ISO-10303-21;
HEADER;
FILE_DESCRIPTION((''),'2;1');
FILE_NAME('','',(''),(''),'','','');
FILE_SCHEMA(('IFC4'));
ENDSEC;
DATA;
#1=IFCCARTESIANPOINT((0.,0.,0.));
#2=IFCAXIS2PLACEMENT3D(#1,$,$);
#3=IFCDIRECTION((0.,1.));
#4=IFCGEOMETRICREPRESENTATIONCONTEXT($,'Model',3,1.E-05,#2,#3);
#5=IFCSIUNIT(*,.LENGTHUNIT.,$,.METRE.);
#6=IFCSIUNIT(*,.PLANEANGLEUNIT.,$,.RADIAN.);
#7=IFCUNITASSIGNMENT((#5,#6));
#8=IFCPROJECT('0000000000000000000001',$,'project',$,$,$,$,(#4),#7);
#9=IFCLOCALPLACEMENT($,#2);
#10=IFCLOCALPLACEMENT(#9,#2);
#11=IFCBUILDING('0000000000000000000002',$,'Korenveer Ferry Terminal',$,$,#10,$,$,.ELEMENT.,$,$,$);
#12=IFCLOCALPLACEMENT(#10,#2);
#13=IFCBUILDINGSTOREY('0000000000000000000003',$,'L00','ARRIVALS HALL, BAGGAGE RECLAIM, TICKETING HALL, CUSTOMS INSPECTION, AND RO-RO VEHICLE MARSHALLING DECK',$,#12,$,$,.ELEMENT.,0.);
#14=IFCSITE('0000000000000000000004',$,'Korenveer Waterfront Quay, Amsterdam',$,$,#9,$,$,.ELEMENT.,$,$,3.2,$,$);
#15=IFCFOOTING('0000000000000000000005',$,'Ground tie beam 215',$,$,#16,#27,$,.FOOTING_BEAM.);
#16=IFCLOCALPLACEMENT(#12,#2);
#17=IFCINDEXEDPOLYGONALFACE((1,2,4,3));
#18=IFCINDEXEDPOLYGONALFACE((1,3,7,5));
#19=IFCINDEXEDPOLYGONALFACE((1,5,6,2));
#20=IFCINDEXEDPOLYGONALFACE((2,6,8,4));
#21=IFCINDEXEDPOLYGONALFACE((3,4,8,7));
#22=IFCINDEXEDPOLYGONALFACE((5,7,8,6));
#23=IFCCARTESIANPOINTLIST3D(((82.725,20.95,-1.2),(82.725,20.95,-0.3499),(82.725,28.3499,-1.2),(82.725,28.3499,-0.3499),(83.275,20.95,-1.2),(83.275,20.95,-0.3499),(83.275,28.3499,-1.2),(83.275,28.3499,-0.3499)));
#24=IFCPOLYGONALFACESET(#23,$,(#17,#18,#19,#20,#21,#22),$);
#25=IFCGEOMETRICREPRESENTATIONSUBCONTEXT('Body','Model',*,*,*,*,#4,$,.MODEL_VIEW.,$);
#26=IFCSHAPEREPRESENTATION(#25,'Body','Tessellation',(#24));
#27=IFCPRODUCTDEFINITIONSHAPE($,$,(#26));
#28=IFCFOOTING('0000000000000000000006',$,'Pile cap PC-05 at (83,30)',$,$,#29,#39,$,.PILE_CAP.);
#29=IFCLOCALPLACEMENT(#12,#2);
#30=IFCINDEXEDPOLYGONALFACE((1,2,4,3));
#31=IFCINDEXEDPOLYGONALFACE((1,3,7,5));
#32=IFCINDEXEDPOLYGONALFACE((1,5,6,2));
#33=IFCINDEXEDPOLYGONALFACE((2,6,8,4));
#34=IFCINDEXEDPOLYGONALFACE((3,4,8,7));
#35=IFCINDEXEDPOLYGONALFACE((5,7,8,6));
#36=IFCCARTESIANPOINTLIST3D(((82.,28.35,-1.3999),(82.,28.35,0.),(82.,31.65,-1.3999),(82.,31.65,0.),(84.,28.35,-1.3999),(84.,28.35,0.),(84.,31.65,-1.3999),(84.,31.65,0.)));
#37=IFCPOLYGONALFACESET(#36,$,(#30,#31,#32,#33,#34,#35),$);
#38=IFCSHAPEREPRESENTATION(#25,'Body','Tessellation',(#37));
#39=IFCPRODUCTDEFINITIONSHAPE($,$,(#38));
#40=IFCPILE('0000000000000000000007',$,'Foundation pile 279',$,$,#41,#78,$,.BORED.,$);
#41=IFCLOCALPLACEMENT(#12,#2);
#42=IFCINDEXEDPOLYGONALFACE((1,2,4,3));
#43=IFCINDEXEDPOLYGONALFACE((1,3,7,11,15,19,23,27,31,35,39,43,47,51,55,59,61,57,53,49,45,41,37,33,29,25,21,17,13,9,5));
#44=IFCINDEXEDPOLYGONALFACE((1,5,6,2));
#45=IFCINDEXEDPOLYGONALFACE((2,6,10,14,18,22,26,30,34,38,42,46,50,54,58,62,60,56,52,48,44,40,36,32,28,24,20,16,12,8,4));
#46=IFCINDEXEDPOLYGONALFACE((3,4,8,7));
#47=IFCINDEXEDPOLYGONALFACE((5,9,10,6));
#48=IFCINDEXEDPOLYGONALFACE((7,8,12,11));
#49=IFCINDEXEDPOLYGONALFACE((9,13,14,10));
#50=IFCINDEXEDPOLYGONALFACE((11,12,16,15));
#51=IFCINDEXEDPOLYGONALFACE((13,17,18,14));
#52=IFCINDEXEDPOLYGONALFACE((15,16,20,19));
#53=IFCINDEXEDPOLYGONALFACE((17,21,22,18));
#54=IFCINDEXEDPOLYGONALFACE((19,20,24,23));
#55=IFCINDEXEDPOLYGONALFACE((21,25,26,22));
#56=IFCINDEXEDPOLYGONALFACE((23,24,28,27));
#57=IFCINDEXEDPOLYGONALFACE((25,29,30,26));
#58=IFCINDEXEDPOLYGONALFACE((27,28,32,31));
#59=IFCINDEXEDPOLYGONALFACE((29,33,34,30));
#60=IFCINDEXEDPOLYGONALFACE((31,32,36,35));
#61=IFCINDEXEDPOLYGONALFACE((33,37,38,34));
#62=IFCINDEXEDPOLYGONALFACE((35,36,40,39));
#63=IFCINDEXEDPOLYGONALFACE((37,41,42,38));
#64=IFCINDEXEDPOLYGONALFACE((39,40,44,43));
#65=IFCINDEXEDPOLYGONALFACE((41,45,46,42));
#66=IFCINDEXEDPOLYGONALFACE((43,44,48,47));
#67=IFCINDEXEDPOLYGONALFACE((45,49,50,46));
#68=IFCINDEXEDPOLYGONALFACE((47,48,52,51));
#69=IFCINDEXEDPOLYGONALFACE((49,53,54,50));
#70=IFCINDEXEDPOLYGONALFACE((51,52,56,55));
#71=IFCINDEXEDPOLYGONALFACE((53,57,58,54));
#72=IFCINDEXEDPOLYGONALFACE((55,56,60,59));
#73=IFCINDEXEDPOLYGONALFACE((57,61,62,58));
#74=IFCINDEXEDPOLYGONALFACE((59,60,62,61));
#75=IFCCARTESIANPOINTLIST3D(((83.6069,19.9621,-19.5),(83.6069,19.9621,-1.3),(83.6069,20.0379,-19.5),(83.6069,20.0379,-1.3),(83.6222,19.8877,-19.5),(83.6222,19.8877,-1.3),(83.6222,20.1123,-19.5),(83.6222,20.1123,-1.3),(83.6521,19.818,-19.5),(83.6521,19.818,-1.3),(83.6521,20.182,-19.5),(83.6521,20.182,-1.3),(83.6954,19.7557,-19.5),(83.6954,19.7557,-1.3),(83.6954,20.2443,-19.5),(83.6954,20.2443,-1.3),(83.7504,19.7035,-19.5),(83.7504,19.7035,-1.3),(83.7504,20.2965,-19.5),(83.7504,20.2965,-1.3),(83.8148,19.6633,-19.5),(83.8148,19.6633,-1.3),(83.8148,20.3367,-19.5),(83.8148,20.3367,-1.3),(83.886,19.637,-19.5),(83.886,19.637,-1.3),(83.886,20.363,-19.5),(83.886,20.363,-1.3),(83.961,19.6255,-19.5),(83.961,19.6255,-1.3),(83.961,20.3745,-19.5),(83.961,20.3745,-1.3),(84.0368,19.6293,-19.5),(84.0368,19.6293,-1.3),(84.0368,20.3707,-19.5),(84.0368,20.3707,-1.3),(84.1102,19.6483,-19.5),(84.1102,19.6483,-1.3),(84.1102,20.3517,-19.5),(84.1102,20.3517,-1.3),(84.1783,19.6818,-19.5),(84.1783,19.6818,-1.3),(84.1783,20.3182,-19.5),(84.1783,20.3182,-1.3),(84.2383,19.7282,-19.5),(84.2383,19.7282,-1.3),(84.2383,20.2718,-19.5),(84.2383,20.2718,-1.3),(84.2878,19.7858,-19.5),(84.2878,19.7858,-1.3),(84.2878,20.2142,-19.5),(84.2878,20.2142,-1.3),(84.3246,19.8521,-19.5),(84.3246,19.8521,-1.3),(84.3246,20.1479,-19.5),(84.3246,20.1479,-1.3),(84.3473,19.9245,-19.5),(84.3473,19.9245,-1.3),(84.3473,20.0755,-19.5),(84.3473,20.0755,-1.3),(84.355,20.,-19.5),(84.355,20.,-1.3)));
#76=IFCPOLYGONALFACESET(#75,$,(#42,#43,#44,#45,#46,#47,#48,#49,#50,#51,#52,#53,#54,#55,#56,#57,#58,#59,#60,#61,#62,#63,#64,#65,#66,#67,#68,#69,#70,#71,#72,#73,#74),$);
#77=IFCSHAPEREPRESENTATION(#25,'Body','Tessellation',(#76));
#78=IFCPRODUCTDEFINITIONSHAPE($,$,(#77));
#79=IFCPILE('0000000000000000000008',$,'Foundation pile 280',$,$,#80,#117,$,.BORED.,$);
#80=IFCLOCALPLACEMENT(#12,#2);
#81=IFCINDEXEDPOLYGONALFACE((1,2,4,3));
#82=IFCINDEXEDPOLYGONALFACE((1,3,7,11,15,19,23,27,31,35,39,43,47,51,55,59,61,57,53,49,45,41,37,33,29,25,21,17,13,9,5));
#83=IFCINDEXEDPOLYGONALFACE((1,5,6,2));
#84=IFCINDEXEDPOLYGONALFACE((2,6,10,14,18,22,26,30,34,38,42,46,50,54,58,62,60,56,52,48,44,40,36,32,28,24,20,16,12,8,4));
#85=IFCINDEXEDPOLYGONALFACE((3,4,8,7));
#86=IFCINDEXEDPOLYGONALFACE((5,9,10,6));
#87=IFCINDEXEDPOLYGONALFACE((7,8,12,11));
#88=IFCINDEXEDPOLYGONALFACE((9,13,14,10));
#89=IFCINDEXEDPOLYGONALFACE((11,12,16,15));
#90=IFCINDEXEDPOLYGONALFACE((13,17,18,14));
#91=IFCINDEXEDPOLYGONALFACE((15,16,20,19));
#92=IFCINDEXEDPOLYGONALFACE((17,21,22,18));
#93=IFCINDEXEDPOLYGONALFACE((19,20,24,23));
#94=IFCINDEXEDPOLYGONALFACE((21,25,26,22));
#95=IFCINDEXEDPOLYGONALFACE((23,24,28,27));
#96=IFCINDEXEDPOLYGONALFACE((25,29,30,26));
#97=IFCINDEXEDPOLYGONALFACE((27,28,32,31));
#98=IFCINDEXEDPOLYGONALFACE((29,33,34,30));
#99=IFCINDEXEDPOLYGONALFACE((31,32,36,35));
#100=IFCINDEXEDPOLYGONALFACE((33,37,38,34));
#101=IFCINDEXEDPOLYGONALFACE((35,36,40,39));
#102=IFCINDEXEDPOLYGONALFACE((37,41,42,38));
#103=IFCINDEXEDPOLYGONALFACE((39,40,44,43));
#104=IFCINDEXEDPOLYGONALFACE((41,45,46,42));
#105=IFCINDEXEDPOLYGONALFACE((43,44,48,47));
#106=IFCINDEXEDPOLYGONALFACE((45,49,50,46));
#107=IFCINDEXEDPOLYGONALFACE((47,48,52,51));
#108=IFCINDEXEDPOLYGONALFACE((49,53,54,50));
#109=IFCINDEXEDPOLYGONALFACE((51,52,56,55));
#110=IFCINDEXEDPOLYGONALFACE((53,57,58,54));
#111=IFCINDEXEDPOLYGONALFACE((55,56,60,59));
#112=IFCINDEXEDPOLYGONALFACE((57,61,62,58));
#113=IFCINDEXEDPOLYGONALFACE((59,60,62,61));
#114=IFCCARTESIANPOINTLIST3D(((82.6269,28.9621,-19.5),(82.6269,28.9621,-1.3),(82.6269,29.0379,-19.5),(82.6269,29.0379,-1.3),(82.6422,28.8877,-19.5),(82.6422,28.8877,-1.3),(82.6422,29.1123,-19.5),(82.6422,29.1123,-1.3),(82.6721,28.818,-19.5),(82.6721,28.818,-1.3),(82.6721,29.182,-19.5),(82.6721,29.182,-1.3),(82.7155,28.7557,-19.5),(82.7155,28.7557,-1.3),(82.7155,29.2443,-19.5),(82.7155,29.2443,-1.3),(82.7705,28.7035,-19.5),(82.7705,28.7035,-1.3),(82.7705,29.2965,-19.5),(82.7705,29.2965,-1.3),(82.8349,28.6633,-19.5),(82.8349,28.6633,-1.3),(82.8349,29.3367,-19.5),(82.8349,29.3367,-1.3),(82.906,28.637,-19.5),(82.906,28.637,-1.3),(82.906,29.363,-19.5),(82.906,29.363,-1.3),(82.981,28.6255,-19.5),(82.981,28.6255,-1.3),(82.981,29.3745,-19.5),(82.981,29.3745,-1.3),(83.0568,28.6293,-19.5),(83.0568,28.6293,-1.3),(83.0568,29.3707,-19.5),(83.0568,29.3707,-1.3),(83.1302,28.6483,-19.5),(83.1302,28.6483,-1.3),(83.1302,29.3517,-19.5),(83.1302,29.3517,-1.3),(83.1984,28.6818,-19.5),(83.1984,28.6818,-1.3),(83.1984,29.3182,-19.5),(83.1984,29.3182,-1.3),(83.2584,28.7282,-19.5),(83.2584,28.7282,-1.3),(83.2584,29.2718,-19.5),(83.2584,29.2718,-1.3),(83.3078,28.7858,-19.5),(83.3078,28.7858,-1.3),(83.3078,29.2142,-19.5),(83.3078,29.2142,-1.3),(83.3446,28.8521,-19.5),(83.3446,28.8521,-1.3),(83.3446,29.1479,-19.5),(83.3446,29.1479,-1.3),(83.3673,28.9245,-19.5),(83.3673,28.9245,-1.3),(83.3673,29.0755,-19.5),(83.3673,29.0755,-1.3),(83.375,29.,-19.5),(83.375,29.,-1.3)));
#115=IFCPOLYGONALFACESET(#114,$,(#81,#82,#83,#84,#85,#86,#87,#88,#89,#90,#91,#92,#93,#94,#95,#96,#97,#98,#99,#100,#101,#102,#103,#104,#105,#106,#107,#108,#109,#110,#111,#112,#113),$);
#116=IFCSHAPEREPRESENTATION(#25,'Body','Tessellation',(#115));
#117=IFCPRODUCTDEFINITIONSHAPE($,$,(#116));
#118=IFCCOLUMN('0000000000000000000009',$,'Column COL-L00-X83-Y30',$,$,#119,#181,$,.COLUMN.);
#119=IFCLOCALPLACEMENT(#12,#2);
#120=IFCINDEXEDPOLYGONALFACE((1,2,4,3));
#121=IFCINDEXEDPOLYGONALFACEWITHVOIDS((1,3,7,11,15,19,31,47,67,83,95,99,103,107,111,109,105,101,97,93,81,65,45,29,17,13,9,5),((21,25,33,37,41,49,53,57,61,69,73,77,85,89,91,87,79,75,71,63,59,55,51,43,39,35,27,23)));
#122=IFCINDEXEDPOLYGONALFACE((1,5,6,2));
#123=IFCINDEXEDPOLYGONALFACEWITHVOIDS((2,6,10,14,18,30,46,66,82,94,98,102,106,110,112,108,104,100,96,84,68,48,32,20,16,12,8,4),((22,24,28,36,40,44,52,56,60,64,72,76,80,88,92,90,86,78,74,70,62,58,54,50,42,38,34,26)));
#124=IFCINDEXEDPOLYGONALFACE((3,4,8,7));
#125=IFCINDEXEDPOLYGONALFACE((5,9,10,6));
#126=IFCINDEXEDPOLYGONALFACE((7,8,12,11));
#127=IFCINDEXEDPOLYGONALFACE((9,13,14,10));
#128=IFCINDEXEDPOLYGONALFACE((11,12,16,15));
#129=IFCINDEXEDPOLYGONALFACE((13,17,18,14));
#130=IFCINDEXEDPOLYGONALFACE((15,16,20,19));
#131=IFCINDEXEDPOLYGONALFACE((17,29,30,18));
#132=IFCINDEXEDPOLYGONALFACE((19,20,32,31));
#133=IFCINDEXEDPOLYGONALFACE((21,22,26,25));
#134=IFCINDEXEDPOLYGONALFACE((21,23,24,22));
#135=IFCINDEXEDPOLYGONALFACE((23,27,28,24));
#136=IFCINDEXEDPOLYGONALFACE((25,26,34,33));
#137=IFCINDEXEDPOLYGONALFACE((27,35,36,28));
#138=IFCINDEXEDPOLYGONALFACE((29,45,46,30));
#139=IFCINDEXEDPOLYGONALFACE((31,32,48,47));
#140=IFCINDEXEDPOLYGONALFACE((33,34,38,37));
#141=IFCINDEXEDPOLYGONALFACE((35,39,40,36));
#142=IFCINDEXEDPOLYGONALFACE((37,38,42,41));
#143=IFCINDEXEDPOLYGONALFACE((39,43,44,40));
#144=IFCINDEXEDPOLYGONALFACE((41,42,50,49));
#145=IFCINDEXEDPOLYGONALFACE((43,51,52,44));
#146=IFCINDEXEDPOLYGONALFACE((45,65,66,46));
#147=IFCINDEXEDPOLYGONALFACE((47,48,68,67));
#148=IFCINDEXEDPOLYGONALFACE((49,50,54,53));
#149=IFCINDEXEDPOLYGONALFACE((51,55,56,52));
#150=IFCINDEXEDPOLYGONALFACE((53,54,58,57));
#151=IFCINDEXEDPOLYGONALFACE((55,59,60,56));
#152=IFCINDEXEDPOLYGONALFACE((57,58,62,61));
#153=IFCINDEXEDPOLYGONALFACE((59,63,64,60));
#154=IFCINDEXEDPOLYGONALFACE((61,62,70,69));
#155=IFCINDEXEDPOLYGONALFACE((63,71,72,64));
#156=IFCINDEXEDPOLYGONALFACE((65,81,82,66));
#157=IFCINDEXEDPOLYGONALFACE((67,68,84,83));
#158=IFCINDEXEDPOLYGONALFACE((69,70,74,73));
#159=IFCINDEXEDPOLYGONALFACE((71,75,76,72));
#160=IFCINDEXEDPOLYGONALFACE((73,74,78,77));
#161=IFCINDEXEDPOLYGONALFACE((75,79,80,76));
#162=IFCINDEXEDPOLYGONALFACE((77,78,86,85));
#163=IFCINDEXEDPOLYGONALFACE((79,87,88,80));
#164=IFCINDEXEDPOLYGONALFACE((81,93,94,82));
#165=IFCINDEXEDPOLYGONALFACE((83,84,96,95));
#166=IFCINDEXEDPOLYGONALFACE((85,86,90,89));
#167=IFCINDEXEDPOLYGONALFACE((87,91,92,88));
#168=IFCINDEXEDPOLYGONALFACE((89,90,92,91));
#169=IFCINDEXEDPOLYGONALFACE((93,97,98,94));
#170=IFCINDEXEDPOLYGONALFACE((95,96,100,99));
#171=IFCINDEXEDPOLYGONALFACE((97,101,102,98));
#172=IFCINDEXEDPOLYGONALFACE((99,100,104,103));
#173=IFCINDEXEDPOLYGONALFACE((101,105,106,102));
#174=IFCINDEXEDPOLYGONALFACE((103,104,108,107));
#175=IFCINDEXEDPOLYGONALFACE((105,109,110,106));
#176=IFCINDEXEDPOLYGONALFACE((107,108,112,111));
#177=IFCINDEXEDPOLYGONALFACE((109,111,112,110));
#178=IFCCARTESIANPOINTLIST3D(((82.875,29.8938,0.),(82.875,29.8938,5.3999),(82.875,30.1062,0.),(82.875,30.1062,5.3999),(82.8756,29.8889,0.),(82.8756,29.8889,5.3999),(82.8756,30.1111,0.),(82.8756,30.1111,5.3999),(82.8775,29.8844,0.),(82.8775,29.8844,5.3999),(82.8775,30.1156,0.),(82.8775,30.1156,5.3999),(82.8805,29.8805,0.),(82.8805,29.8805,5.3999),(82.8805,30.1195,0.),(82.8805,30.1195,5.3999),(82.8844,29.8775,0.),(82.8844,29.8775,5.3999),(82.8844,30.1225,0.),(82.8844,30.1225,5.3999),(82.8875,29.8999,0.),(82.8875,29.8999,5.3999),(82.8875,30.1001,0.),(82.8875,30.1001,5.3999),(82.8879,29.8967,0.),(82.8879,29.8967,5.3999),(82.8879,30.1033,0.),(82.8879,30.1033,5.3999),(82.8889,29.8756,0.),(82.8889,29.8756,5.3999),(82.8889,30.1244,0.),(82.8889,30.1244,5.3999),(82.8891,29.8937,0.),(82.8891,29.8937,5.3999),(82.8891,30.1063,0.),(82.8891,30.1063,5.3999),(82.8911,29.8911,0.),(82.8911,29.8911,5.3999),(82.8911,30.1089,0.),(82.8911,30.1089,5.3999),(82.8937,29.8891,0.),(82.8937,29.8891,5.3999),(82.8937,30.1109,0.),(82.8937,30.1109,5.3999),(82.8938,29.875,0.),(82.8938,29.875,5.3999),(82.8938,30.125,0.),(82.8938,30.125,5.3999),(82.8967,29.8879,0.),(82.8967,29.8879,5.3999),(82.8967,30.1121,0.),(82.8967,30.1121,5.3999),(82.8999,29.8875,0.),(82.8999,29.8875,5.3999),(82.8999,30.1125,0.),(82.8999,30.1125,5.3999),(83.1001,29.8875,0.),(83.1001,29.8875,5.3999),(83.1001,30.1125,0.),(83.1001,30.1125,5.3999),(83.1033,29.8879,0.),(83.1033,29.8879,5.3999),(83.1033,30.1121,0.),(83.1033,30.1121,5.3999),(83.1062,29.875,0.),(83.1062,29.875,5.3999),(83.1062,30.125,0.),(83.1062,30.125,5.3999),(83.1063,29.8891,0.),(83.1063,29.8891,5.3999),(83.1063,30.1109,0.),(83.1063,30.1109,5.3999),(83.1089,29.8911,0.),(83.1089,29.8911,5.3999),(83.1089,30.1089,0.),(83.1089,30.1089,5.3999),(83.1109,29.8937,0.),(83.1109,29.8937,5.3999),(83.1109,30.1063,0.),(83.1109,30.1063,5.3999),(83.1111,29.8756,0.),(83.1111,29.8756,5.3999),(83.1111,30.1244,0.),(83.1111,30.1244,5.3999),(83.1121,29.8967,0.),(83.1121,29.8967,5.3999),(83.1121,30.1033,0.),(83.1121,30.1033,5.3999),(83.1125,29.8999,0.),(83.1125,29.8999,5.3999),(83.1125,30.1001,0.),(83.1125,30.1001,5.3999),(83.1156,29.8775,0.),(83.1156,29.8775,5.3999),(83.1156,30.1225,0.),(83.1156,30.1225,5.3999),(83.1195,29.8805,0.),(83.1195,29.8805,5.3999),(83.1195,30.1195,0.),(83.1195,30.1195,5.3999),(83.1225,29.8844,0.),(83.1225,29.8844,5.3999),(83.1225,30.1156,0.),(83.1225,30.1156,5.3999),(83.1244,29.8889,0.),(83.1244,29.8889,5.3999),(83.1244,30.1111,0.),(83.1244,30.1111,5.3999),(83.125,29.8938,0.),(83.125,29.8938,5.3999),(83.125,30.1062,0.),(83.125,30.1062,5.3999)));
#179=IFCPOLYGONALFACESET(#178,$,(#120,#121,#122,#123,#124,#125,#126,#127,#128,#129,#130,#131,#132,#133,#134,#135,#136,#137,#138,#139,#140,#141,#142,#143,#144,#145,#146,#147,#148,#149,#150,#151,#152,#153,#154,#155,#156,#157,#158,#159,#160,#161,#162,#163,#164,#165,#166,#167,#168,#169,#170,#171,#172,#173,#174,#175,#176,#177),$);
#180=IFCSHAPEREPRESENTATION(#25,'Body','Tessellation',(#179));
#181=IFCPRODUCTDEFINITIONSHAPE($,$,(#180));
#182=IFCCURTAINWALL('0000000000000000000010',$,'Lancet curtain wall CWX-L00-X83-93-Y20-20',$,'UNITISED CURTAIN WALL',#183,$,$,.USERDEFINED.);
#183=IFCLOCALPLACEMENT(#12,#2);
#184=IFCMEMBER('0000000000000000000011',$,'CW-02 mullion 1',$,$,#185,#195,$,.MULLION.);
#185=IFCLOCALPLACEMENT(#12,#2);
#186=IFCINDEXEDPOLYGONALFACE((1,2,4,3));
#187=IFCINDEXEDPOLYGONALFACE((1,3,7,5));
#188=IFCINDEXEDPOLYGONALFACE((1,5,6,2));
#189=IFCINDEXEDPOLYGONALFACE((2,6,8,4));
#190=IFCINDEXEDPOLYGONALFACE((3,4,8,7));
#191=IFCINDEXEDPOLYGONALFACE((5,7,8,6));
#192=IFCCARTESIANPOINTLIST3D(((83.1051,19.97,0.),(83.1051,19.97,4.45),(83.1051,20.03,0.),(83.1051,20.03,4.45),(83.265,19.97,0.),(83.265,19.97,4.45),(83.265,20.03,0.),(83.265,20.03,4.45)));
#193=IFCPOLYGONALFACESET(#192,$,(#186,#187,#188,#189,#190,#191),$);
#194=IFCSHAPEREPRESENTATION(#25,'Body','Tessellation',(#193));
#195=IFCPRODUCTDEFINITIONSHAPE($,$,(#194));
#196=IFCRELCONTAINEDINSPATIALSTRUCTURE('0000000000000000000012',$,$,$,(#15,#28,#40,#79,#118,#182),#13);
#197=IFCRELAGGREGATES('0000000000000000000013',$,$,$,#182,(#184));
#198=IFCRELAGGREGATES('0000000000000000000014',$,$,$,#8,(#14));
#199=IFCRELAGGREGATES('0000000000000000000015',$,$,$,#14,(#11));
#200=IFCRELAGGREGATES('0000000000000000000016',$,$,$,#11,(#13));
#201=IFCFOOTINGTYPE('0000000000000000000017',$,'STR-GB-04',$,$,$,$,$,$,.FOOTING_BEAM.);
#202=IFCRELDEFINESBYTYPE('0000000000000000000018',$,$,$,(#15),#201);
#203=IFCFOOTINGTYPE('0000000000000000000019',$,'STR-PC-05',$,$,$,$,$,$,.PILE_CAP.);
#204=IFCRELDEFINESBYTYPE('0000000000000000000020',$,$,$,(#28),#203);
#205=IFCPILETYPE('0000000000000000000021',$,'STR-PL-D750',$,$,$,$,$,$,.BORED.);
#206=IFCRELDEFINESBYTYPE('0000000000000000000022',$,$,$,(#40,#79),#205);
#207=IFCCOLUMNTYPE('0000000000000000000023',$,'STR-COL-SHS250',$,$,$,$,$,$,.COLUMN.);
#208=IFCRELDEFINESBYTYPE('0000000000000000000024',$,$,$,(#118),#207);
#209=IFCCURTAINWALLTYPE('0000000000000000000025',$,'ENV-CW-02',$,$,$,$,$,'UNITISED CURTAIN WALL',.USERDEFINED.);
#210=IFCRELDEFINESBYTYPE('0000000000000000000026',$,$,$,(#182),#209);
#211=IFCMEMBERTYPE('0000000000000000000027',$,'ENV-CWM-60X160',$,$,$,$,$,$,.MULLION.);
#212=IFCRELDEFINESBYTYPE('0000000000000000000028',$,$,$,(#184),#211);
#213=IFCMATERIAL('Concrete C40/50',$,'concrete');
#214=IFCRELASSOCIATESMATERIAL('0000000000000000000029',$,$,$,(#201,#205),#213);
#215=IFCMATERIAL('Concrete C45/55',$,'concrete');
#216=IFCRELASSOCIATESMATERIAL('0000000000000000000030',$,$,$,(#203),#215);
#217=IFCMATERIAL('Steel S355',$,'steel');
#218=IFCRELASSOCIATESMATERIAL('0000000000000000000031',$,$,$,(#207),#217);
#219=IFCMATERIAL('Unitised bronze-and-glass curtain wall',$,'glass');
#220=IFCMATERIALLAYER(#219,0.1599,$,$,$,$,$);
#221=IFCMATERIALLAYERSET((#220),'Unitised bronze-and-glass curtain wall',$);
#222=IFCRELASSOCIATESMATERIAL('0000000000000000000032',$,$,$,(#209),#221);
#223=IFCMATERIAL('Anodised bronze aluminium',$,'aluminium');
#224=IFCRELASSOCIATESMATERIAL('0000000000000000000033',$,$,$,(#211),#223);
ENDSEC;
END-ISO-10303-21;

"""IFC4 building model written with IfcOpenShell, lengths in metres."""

from ifc_helpers import new_model, si_unit, direction, frame, origin, origin_2d, place, context, subcontext, project, spatial, rectangle, hollow_rectangle, circle, extrude, material, layer, layer_set, material_profile, profile_set, type_object, element, aggregate, save


model = new_model("IFC4")

# Units and contexts
model_context = context("Model", 3, precision=1e-05, world=origin(), true_north=direction((0.0, 1.0)))
body_context = subcontext(model_context, "Body", "Model", "MODEL_VIEW")
ifc_project = project(units=[si_unit("LENGTHUNIT", "METRE"), si_unit("PLANEANGLEUNIT", "RADIAN")], contexts=[model_context])

# Site, building, storey
site_placement = place(None, origin())
site = spatial("IfcSite", under=ifc_project, at=site_placement, Name="Korenveer Waterfront Quay, Amsterdam", CompositionType="ELEMENT", RefElevation=3.2)
building_placement = place(site_placement, origin())
building = spatial("IfcBuilding", under=site, at=building_placement, Name="Korenveer Ferry Terminal", CompositionType="ELEMENT")
storey_placement = place(building_placement, origin())
storey = spatial("IfcBuildingStorey", under=building, at=storey_placement, Name="L00", Description="ARRIVALS HALL, BAGGAGE RECLAIM, TICKETING HALL, CUSTOMS INSPECTION, AND RO-RO VEHICLE MARSHALLING DECK", CompositionType="ELEMENT", Elevation=0.0)

# Footings
ifc_material_1 = material(Name="Concrete C40/50", Category="concrete")
footing_type_1 = type_object("IfcFootingType", Name="STR-GB-04", PredefinedType="FOOTING_BEAM", material=ifc_material_1)
footing_1_placement = place(storey_placement, frame((83.0, 24.6499, -1.2), z_axis=(0.0, 0.0, 1.0), x_axis=(1.0, 0.0, 0.0)))
element("IfcFooting", 1, at=footing_1_placement, inside=storey, type_object=footing_type_1, Name="Ground tie beam 215", PredefinedType="FOOTING_BEAM", context=body_context, shape_type="SweptSolid", body=[
    extrude(rectangle(XDim=0.55, YDim=7.3999, at=origin_2d()), origin(), (0.0, 0.0, 1.0), 0.8501),
])
ifc_material_2 = material(Name="Concrete C45/55", Category="concrete")
footing_type_2 = type_object("IfcFootingType", Name="STR-PC-05", PredefinedType="PILE_CAP", material=ifc_material_2)
footing_2_placement = place(storey_placement, frame((83.0, 30.0, -1.3999), z_axis=(0.0, 0.0, 1.0), x_axis=(1.0, 0.0, 0.0)))
element("IfcFooting", 2, at=footing_2_placement, inside=storey, type_object=footing_type_2, Name="Pile cap PC-05 at (83,30)", PredefinedType="PILE_CAP", context=body_context, shape_type="SweptSolid", body=[
    extrude(rectangle(XDim=2.0, YDim=3.3, at=origin_2d()), origin(), (0.0, 0.0, 1.0), 1.3999),
])

# Piles
ifc_material_profile_1 = material_profile(ifc_material_1, circle(Radius=0.375, at=origin_2d()), Name="PILE D750")
ifc_profile_set_1 = profile_set([ifc_material_profile_1], Name="Concrete C40/50")
pile_type = type_object("IfcPileType", Name="STR-PL-D750", PredefinedType="BORED", material=ifc_profile_set_1)
for number, where, z_axis, x_axis, name in (
    (3, (83.98, 20.0, -1.3), (0.0, 0.0, -1.0), (1.0, 0.0, 0.0), "Foundation pile 279"),
    (4, (83.0, 29.0, -1.3), (0.0, 0.0, -1.0), (1.0, 0.0, 0.0), "Foundation pile 280"),
):
    element("IfcPile", number, at=place(storey_placement, frame(where, z_axis=z_axis, x_axis=x_axis)), inside=storey, type_object=pile_type, Name=name, PredefinedType="BORED", context=body_context, shape_type="SweptSolid", body=[
        extrude(circle(Radius=0.375, at=origin_2d()), origin(), (0.0, 0.0, 1.0), 18.2),
    ])

# Column
ifc_material_3 = material(Name="Steel S355", Category="steel")
ifc_material_profile_2 = material_profile(ifc_material_3, hollow_rectangle(XDim=0.25, YDim=0.25, WallThickness=0.0125, InnerFilletRadius=0.0125, OuterFilletRadius=0.0188, at=origin_2d()), Name="SHS 250x250x12.5")
ifc_profile_set_2 = profile_set([ifc_material_profile_2], Name="Steel S355")
column_type = type_object("IfcColumnType", Name="STR-COL-SHS250", PredefinedType="COLUMN", material=ifc_profile_set_2)
column_placement = place(storey_placement, frame((83.0, 30.0, 0.0), z_axis=(0.0, 0.0, 1.0), x_axis=(1.0, 0.0, 0.0)))
element("IfcColumn", 5, at=column_placement, inside=storey, type_object=column_type, Name="Column COL-L00-X83-Y30", PredefinedType="COLUMN", context=body_context, shape_type="SweptSolid", body=[
    extrude(hollow_rectangle(XDim=0.25, YDim=0.25, WallThickness=0.0125, InnerFilletRadius=0.0125, OuterFilletRadius=0.0188, at=origin_2d()), origin(), (0.0, 0.0, 1.0), 5.3999),
])

# Curtain wall, member
ifc_material_4 = material(Name="Unitised bronze-and-glass curtain wall", Category="glass")
ifc_layer_1 = layer(ifc_material_4, 0.1599)
ifc_layer_set_1 = layer_set([ifc_layer_1], Name="Unitised bronze-and-glass curtain wall")
curtain_wall_type = type_object("IfcCurtainWallType", Name="ENV-CW-02", ElementType="UNITISED CURTAIN WALL", PredefinedType="USERDEFINED", material=ifc_layer_set_1)
curtain_wall_placement = place(storey_placement, frame((83.155, 20.0, 0.0)))
curtain_wall = element("IfcCurtainWall", 6, at=curtain_wall_placement, inside=storey, type_object=curtain_wall_type, Name="Lancet curtain wall CWX-L00-X83-93-Y20-20", ObjectType="UNITISED CURTAIN WALL", PredefinedType="USERDEFINED")
ifc_material_5 = material(Name="Anodised bronze aluminium", Category="aluminium")
ifc_material_profile_3 = material_profile(ifc_material_5, rectangle(XDim=0.0601, YDim=0.1599, at=origin_2d()), Name="ALU 60x160")
ifc_profile_set_3 = profile_set([ifc_material_profile_3], Name="Anodised bronze aluminium")
member_type_1 = type_object("IfcMemberType", Name="ENV-CWM-60X160", PredefinedType="MULLION", material=ifc_profile_set_3)
member_1_placement = place(storey_placement, frame((83.1851, 20.0, 0.0), z_axis=(0.0, 0.0, 1.0), x_axis=(0.0, 1.0, 0.0)))
member_1 = element("IfcMember", 7, at=member_1_placement, type_object=member_type_1, Name="CW-02 mullion 1", PredefinedType="MULLION", context=body_context, shape_type="SweptSolid", body=[
    extrude(rectangle(XDim=0.0601, YDim=0.1599, at=origin_2d()), origin(), (0.0, 0.0, 1.0), 4.45),
])

aggregate(curtain_wall, [member_1])

save(model, "model.ifc")
